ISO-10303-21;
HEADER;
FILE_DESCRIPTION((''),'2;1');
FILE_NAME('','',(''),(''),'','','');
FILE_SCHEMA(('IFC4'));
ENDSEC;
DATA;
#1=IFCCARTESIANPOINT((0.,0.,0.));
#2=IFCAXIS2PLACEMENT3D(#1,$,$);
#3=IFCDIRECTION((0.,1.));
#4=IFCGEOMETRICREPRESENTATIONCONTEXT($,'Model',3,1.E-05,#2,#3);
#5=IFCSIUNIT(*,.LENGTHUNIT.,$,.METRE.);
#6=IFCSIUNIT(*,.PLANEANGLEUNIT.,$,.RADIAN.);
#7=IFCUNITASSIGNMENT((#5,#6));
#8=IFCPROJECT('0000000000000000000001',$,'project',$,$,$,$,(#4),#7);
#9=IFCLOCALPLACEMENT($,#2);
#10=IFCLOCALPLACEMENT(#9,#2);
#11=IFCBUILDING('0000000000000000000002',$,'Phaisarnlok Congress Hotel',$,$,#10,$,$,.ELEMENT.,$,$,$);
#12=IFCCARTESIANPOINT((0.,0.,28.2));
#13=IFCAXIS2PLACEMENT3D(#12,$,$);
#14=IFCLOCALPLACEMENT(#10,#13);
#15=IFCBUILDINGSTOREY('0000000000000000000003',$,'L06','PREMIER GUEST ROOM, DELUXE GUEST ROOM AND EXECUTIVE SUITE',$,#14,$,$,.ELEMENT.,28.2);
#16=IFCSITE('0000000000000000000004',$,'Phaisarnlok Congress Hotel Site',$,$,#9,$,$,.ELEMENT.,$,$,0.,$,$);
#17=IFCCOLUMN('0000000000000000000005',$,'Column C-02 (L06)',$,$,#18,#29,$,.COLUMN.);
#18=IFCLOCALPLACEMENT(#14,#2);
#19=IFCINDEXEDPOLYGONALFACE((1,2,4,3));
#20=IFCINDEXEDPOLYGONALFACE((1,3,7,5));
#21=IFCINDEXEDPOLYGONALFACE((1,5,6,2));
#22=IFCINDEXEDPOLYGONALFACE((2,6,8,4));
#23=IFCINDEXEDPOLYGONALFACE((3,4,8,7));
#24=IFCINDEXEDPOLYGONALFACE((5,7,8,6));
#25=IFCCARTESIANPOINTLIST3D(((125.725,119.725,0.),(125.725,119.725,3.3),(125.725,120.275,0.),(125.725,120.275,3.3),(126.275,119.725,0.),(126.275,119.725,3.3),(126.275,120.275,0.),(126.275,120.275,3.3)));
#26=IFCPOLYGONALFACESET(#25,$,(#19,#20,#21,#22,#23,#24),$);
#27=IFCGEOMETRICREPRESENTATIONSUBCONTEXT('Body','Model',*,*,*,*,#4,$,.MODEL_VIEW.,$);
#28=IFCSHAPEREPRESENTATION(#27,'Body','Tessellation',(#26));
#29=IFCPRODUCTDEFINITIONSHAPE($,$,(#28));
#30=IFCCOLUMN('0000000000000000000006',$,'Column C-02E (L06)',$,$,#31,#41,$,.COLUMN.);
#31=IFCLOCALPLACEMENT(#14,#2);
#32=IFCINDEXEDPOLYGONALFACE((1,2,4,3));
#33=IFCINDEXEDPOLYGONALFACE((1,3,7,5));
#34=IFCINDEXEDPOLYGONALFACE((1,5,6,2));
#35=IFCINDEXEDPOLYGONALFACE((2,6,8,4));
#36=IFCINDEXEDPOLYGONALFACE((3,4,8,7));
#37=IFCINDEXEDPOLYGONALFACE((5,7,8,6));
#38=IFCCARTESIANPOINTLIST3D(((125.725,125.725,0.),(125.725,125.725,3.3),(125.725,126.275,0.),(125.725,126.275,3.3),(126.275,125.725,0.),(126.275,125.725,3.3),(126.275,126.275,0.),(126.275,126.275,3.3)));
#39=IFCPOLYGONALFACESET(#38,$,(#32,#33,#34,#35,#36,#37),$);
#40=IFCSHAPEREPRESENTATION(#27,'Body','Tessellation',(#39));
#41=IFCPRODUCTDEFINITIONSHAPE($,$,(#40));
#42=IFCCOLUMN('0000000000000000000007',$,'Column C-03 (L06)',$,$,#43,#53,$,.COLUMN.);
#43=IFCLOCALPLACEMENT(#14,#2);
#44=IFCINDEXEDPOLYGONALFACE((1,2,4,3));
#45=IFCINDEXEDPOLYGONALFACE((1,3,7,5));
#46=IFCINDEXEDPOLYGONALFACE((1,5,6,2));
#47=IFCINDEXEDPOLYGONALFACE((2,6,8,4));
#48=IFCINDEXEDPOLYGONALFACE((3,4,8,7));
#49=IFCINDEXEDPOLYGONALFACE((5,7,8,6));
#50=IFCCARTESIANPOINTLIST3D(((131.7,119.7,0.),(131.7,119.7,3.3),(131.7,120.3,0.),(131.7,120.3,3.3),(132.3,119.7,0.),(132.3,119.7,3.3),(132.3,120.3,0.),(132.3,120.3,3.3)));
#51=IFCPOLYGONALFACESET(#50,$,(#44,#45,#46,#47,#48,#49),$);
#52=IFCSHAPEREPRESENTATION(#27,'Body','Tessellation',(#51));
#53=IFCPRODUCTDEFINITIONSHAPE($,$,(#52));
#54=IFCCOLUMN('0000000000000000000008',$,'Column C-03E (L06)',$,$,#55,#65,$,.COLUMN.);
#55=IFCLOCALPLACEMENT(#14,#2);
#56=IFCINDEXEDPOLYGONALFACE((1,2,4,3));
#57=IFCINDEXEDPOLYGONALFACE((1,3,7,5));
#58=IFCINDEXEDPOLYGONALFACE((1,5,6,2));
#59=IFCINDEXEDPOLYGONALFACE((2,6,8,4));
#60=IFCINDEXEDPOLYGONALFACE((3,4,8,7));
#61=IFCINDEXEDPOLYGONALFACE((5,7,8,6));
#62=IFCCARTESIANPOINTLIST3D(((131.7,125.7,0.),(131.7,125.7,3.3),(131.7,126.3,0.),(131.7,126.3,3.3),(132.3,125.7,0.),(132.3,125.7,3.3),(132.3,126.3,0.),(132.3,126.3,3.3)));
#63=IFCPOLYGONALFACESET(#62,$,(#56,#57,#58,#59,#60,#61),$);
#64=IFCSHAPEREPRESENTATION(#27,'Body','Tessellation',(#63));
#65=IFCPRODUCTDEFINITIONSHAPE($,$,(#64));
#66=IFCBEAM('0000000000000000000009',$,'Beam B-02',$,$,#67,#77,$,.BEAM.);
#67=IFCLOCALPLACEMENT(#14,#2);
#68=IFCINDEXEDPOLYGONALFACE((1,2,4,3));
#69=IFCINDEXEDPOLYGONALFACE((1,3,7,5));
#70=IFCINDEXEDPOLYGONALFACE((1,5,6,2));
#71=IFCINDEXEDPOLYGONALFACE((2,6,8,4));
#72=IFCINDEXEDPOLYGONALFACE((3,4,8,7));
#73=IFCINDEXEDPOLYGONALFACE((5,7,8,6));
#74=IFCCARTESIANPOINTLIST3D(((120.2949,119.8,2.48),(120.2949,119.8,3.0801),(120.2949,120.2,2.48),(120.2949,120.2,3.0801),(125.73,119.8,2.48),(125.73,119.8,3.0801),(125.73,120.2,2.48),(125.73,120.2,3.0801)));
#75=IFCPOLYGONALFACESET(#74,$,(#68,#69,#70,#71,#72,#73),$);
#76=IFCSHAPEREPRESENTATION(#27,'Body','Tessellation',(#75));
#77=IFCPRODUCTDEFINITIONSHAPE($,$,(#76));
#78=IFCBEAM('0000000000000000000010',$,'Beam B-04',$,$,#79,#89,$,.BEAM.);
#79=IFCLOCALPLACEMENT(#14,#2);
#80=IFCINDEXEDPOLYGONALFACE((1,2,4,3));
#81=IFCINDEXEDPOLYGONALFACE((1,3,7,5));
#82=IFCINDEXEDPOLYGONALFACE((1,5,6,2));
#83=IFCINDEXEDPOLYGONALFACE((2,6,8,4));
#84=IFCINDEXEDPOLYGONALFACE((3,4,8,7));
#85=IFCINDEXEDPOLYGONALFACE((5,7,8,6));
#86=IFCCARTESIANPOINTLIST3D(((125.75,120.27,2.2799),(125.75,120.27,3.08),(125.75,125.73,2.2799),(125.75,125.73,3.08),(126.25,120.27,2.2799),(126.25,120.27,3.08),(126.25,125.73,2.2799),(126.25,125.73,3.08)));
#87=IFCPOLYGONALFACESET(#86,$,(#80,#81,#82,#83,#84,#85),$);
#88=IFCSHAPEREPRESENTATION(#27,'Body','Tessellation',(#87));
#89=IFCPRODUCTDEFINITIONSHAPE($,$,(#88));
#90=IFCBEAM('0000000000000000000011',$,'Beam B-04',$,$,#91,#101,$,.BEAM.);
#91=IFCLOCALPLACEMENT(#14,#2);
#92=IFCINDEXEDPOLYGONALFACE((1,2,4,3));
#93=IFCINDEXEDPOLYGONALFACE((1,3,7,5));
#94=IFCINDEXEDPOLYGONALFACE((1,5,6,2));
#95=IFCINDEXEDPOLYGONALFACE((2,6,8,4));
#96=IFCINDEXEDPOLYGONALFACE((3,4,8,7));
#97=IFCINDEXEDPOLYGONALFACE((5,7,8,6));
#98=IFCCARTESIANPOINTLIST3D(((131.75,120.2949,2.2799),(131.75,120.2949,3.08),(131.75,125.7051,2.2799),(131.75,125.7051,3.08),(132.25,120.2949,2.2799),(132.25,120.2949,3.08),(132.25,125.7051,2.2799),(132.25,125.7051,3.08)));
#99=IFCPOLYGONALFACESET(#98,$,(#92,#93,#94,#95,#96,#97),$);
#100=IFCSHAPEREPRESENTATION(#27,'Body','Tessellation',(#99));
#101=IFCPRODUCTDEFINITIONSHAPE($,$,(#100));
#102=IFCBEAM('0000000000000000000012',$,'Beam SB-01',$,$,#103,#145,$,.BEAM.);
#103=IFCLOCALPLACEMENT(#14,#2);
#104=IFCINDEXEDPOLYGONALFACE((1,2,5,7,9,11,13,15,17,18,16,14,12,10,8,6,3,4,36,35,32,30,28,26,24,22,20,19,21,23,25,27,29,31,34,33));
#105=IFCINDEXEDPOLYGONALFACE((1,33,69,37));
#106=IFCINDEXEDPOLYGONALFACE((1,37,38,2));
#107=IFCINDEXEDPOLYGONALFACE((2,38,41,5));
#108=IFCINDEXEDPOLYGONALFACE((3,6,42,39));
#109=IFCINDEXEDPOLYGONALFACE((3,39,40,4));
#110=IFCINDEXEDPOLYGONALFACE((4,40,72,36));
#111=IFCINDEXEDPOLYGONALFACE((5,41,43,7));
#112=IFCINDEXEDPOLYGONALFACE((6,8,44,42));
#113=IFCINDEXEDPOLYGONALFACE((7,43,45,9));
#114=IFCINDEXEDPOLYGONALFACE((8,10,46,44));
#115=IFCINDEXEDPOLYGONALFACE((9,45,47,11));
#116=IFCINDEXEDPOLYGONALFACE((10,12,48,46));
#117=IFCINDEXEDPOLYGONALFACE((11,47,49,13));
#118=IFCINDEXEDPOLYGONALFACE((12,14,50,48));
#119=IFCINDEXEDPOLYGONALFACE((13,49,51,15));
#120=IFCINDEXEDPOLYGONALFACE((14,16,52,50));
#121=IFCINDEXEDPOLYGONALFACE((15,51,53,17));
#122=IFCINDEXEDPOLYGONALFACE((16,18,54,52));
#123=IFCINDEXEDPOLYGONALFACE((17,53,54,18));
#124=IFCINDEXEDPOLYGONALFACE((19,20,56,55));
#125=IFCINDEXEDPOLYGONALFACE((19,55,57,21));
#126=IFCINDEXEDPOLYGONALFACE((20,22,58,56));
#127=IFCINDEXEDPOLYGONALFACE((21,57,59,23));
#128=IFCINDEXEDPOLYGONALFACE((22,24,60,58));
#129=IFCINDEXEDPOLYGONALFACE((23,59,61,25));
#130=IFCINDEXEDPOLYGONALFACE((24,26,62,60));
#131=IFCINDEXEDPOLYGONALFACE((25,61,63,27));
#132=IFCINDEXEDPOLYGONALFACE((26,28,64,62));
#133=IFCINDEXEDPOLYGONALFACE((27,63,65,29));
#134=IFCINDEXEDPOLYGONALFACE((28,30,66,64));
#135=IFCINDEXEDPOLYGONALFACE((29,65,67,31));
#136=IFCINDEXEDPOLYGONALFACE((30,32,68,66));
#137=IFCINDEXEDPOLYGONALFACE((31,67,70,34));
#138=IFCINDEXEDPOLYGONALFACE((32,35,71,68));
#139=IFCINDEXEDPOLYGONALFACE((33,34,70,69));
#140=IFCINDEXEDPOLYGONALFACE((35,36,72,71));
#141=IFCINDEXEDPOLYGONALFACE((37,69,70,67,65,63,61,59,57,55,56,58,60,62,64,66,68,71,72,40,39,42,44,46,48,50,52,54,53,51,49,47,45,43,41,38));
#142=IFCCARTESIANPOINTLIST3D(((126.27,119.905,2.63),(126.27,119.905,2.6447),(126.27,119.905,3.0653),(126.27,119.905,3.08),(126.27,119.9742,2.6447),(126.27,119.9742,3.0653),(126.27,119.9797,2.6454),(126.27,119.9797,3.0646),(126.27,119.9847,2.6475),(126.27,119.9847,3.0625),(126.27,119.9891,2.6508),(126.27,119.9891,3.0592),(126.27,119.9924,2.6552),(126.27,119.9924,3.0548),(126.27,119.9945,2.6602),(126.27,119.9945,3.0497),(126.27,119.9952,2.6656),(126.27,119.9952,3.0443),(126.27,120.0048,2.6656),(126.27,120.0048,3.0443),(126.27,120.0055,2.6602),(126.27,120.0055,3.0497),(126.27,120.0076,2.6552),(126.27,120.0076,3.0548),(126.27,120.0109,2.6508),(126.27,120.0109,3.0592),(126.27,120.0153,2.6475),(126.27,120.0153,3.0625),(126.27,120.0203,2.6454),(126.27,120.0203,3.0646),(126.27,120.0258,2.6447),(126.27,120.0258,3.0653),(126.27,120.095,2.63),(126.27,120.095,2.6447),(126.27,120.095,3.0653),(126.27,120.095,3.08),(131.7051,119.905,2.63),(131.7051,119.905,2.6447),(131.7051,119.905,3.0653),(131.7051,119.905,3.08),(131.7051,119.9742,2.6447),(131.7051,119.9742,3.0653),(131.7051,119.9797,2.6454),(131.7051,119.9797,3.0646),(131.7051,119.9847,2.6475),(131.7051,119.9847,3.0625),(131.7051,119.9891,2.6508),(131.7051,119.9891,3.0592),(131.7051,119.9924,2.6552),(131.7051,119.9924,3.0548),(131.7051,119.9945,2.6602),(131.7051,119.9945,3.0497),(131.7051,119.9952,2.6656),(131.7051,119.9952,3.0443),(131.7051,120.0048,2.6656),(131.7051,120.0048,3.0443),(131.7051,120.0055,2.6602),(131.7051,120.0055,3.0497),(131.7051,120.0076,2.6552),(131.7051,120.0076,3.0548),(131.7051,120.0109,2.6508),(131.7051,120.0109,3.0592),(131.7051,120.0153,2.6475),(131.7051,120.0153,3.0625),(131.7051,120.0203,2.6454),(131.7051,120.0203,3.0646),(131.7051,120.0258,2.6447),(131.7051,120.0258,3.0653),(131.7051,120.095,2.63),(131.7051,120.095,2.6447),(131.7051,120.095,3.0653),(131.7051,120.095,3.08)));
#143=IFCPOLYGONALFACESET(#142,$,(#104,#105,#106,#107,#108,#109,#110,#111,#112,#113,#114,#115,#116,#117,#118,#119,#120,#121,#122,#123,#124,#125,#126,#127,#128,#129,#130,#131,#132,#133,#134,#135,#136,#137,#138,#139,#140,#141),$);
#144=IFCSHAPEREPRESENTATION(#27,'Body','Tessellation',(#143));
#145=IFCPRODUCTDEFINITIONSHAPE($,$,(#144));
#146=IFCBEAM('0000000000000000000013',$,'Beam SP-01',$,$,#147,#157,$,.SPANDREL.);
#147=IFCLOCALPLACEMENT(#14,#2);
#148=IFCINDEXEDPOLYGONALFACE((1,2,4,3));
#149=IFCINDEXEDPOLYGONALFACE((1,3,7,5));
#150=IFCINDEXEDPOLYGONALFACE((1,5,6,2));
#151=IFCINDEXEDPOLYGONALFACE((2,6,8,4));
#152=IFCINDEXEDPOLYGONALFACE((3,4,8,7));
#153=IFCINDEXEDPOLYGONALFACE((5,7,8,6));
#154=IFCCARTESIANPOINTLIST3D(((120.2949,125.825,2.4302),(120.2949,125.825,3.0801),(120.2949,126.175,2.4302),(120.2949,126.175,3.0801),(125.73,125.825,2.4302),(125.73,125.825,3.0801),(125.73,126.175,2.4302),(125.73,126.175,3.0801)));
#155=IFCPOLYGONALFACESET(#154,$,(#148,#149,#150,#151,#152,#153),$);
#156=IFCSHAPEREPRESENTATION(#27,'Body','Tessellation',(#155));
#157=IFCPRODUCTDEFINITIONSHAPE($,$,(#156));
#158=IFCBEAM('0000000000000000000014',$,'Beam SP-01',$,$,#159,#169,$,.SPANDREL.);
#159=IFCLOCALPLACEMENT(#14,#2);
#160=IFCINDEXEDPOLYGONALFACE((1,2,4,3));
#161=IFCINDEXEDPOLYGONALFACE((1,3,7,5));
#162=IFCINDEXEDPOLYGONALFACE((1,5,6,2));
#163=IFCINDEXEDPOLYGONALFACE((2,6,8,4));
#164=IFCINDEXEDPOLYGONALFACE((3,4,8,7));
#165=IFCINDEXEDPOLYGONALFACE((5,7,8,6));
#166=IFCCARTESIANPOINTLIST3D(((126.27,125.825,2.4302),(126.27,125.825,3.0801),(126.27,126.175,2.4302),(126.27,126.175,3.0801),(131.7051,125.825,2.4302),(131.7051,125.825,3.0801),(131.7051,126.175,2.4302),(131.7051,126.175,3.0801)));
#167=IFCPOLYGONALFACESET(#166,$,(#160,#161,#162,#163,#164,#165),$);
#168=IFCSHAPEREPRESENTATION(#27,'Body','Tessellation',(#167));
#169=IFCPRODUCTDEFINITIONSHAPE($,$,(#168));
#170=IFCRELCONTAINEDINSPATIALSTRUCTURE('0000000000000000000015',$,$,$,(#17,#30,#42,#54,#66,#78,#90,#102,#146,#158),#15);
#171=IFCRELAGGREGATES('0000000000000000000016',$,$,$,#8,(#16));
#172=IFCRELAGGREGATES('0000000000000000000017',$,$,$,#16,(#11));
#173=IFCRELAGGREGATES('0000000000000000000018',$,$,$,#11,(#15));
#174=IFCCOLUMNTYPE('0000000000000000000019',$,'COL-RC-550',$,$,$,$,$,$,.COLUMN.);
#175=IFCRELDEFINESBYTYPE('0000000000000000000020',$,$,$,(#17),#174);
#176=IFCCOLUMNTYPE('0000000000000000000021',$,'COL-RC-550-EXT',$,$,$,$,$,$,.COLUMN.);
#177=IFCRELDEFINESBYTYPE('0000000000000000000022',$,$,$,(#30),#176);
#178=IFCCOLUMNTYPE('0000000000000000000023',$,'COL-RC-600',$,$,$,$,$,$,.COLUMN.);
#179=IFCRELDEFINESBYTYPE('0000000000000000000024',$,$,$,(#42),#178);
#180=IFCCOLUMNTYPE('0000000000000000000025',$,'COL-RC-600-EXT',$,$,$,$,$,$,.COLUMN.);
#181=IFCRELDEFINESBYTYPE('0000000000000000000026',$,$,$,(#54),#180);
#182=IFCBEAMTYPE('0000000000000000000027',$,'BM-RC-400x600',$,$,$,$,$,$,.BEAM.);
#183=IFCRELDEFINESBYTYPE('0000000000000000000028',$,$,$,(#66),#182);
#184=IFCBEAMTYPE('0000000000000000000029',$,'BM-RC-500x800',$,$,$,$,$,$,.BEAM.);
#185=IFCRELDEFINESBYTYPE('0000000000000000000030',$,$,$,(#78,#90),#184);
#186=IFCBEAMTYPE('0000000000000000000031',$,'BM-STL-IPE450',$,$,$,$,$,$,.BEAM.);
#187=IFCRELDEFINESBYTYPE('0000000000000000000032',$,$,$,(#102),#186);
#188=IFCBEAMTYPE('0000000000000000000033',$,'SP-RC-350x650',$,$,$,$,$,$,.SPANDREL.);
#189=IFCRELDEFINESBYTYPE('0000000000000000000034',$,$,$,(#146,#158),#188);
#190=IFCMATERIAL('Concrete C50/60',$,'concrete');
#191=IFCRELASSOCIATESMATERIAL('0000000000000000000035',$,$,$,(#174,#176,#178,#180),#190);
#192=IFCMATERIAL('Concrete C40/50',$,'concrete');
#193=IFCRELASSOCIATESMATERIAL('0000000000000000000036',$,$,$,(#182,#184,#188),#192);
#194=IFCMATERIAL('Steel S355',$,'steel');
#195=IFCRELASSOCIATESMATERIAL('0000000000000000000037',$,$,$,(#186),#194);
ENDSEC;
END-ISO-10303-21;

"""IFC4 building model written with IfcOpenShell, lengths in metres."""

from ifc_helpers import new_model, si_unit, direction, frame, origin, origin_2d, place, context, subcontext, project, spatial, rectangle, i_section, extrude, material, material_profile, profile_set, type_object, element, save


model = new_model("IFC4")

# Units and contexts
model_context = context("Model", 3, precision=1e-05, world=origin(), true_north=direction((0.0, 1.0)))
body_context = subcontext(model_context, "Body", "Model", "MODEL_VIEW")
ifc_project = project(units=[si_unit("LENGTHUNIT", "METRE"), si_unit("PLANEANGLEUNIT", "RADIAN")], contexts=[model_context])

# Site, building, storey
site_placement = place(None, origin())
site = spatial("IfcSite", under=ifc_project, at=site_placement, Name="Phaisarnlok Congress Hotel Site", CompositionType="ELEMENT", RefElevation=0.0)
building_placement = place(site_placement, origin())
building = spatial("IfcBuilding", under=site, at=building_placement, Name="Phaisarnlok Congress Hotel", CompositionType="ELEMENT")
storey_placement = place(building_placement, frame((0.0, 0.0, 28.2)))
storey = spatial("IfcBuildingStorey", under=building, at=storey_placement, Name="L06", Description="PREMIER GUEST ROOM, DELUXE GUEST ROOM AND EXECUTIVE SUITE", CompositionType="ELEMENT", Elevation=28.2)

# Columns
ifc_material_1 = material(Name="Concrete C50/60", Category="concrete")
ifc_material_profile_1 = material_profile(ifc_material_1, rectangle(XDim=0.55, YDim=0.55, at=origin_2d()), Name="RC 550x550")
ifc_profile_set_1 = profile_set([ifc_material_profile_1], Name="Concrete C50/60")
column_type_1 = type_object("IfcColumnType", Name="COL-RC-550", PredefinedType="COLUMN", material=ifc_profile_set_1)
column_1_placement = place(storey_placement, frame((126.0, 120.0, 0.0), z_axis=(0.0, 0.0, 1.0), x_axis=(1.0, 0.0, 0.0)))
element("IfcColumn", 1, at=column_1_placement, inside=storey, type_object=column_type_1, Name="Column C-02 (L06)", PredefinedType="COLUMN", context=body_context, shape_type="SweptSolid", body=[
    extrude(rectangle(XDim=0.55, YDim=0.55, at=origin_2d()), origin(), (0.0, 0.0, 1.0), 3.3),
])
ifc_material_profile_2 = material_profile(ifc_material_1, rectangle(XDim=0.55, YDim=0.55, at=origin_2d()), Name="RC 550x550")
ifc_profile_set_2 = profile_set([ifc_material_profile_2], Name="Concrete C50/60")
column_type_2 = type_object("IfcColumnType", Name="COL-RC-550-EXT", PredefinedType="COLUMN", material=ifc_profile_set_2)
column_2_placement = place(storey_placement, frame((126.0, 126.0, 0.0), z_axis=(0.0, 0.0, 1.0), x_axis=(1.0, 0.0, 0.0)))
element("IfcColumn", 2, at=column_2_placement, inside=storey, type_object=column_type_2, Name="Column C-02E (L06)", PredefinedType="COLUMN", context=body_context, shape_type="SweptSolid", body=[
    extrude(rectangle(XDim=0.55, YDim=0.55, at=origin_2d()), origin(), (0.0, 0.0, 1.0), 3.3),
])
ifc_material_profile_3 = material_profile(ifc_material_1, rectangle(XDim=0.6001, YDim=0.6001, at=origin_2d()), Name="RC 600x600")
ifc_profile_set_3 = profile_set([ifc_material_profile_3], Name="Concrete C50/60")
column_type_3 = type_object("IfcColumnType", Name="COL-RC-600", PredefinedType="COLUMN", material=ifc_profile_set_3)
column_3_placement = place(storey_placement, frame((132.0, 120.0, 0.0), z_axis=(0.0, 0.0, 1.0), x_axis=(1.0, 0.0, 0.0)))
element("IfcColumn", 3, at=column_3_placement, inside=storey, type_object=column_type_3, Name="Column C-03 (L06)", PredefinedType="COLUMN", context=body_context, shape_type="SweptSolid", body=[
    extrude(rectangle(XDim=0.6001, YDim=0.6001, at=origin_2d()), origin(), (0.0, 0.0, 1.0), 3.3),
])
ifc_material_profile_4 = material_profile(ifc_material_1, rectangle(XDim=0.6001, YDim=0.6001, at=origin_2d()), Name="RC 600x600")
ifc_profile_set_4 = profile_set([ifc_material_profile_4], Name="Concrete C50/60")
column_type_4 = type_object("IfcColumnType", Name="COL-RC-600-EXT", PredefinedType="COLUMN", material=ifc_profile_set_4)
column_4_placement = place(storey_placement, frame((132.0, 126.0, 0.0), z_axis=(0.0, 0.0, 1.0), x_axis=(1.0, 0.0, 0.0)))
element("IfcColumn", 4, at=column_4_placement, inside=storey, type_object=column_type_4, Name="Column C-03E (L06)", PredefinedType="COLUMN", context=body_context, shape_type="SweptSolid", body=[
    extrude(rectangle(XDim=0.6001, YDim=0.6001, at=origin_2d()), origin(), (0.0, 0.0, 1.0), 3.3),
])

# Beams
ifc_material_2 = material(Name="Concrete C40/50", Category="concrete")
ifc_material_profile_5 = material_profile(ifc_material_2, rectangle(XDim=0.3999, YDim=0.6001, at=origin_2d()), Name="RC 400x600")
ifc_profile_set_5 = profile_set([ifc_material_profile_5], Name="Concrete C40/50")
beam_type_1 = type_object("IfcBeamType", Name="BM-RC-400x600", PredefinedType="BEAM", material=ifc_profile_set_5)
beam_1_placement = place(storey_placement, frame((120.2949, 120.0, 2.78), z_axis=(1.0, 0.0, 0.0), x_axis=(0.0, 1.0, 0.0)))
element("IfcBeam", 5, at=beam_1_placement, inside=storey, type_object=beam_type_1, Name="Beam B-02", PredefinedType="BEAM", context=body_context, shape_type="SweptSolid", body=[
    extrude(rectangle(XDim=0.3999, YDim=0.6001, at=origin_2d()), origin(), (0.0, 0.0, 1.0), 5.4351),
])
ifc_material_profile_6 = material_profile(ifc_material_2, rectangle(XDim=0.5, YDim=0.8, at=origin_2d()), Name="RC 500x800")
ifc_profile_set_6 = profile_set([ifc_material_profile_6], Name="Concrete C40/50")
beam_type_2 = type_object("IfcBeamType", Name="BM-RC-500x800", PredefinedType="BEAM", material=ifc_profile_set_6)
beam_2_placement = place(storey_placement, frame((126.0, 120.27, 2.6799), z_axis=(0.0, 1.0, 0.0), x_axis=(-1.0, 0.0, 0.0)))
element("IfcBeam", 6, at=beam_2_placement, inside=storey, type_object=beam_type_2, Name="Beam B-04", PredefinedType="BEAM", context=body_context, shape_type="SweptSolid", body=[
    extrude(rectangle(XDim=0.5, YDim=0.8, at=origin_2d()), origin(), (0.0, 0.0, 1.0), 5.46),
])
beam_3_placement = place(storey_placement, frame((132.0, 120.2949, 2.6799), z_axis=(0.0, 1.0, 0.0), x_axis=(-1.0, 0.0, 0.0)))
element("IfcBeam", 7, at=beam_3_placement, inside=storey, type_object=beam_type_2, Name="Beam B-04", PredefinedType="BEAM", context=body_context, shape_type="SweptSolid", body=[
    extrude(rectangle(XDim=0.5, YDim=0.8, at=origin_2d()), origin(), (0.0, 0.0, 1.0), 5.4102),
])
ifc_material_3 = material(Name="Steel S355", Category="steel")
ifc_material_profile_7 = material_profile(ifc_material_3, i_section(OverallWidth=0.1899, OverallDepth=0.45, WebThickness=0.0095, FlangeThickness=0.0146, FilletRadius=0.021, at=origin_2d()), Name="IPE 450")
ifc_profile_set_7 = profile_set([ifc_material_profile_7], Name="Steel S355")
beam_type_3 = type_object("IfcBeamType", Name="BM-STL-IPE450", PredefinedType="BEAM", material=ifc_profile_set_7)
beam_4_placement = place(storey_placement, frame((126.27, 120.0, 2.855), z_axis=(1.0, 0.0, 0.0), x_axis=(0.0, 1.0, 0.0)))
element("IfcBeam", 8, at=beam_4_placement, inside=storey, type_object=beam_type_3, Name="Beam SB-01", PredefinedType="BEAM", context=body_context, shape_type="SweptSolid", body=[
    extrude(i_section(OverallWidth=0.1899, OverallDepth=0.45, WebThickness=0.0095, FlangeThickness=0.0146, FilletRadius=0.021, at=origin_2d()), origin(), (0.0, 0.0, 1.0), 5.4351),
])
ifc_material_profile_8 = material_profile(ifc_material_2, rectangle(XDim=0.3501, YDim=0.6499, at=origin_2d()), Name="RC 350x650")
ifc_profile_set_8 = profile_set([ifc_material_profile_8], Name="Concrete C40/50")
beam_type_4 = type_object("IfcBeamType", Name="SP-RC-350x650", PredefinedType="SPANDREL", material=ifc_profile_set_8)
for number, where, z_axis, x_axis, name in (
    (9, (120.2949, 126.0, 2.7551), (1.0, 0.0, 0.0), (0.0, 1.0, 0.0), "Beam SP-01"),
    (10, (126.27, 126.0, 2.7551), (1.0, 0.0, 0.0), (0.0, 1.0, 0.0), "Beam SP-01"),
):
    element("IfcBeam", number, at=place(storey_placement, frame(where, z_axis=z_axis, x_axis=x_axis)), inside=storey, type_object=beam_type_4, Name=name, PredefinedType="SPANDREL", context=body_context, shape_type="SweptSolid", body=[
        extrude(rectangle(XDim=0.3501, YDim=0.6499, at=origin_2d()), origin(), (0.0, 0.0, 1.0), 5.4351),
    ])

save(model, "model.ifc")
